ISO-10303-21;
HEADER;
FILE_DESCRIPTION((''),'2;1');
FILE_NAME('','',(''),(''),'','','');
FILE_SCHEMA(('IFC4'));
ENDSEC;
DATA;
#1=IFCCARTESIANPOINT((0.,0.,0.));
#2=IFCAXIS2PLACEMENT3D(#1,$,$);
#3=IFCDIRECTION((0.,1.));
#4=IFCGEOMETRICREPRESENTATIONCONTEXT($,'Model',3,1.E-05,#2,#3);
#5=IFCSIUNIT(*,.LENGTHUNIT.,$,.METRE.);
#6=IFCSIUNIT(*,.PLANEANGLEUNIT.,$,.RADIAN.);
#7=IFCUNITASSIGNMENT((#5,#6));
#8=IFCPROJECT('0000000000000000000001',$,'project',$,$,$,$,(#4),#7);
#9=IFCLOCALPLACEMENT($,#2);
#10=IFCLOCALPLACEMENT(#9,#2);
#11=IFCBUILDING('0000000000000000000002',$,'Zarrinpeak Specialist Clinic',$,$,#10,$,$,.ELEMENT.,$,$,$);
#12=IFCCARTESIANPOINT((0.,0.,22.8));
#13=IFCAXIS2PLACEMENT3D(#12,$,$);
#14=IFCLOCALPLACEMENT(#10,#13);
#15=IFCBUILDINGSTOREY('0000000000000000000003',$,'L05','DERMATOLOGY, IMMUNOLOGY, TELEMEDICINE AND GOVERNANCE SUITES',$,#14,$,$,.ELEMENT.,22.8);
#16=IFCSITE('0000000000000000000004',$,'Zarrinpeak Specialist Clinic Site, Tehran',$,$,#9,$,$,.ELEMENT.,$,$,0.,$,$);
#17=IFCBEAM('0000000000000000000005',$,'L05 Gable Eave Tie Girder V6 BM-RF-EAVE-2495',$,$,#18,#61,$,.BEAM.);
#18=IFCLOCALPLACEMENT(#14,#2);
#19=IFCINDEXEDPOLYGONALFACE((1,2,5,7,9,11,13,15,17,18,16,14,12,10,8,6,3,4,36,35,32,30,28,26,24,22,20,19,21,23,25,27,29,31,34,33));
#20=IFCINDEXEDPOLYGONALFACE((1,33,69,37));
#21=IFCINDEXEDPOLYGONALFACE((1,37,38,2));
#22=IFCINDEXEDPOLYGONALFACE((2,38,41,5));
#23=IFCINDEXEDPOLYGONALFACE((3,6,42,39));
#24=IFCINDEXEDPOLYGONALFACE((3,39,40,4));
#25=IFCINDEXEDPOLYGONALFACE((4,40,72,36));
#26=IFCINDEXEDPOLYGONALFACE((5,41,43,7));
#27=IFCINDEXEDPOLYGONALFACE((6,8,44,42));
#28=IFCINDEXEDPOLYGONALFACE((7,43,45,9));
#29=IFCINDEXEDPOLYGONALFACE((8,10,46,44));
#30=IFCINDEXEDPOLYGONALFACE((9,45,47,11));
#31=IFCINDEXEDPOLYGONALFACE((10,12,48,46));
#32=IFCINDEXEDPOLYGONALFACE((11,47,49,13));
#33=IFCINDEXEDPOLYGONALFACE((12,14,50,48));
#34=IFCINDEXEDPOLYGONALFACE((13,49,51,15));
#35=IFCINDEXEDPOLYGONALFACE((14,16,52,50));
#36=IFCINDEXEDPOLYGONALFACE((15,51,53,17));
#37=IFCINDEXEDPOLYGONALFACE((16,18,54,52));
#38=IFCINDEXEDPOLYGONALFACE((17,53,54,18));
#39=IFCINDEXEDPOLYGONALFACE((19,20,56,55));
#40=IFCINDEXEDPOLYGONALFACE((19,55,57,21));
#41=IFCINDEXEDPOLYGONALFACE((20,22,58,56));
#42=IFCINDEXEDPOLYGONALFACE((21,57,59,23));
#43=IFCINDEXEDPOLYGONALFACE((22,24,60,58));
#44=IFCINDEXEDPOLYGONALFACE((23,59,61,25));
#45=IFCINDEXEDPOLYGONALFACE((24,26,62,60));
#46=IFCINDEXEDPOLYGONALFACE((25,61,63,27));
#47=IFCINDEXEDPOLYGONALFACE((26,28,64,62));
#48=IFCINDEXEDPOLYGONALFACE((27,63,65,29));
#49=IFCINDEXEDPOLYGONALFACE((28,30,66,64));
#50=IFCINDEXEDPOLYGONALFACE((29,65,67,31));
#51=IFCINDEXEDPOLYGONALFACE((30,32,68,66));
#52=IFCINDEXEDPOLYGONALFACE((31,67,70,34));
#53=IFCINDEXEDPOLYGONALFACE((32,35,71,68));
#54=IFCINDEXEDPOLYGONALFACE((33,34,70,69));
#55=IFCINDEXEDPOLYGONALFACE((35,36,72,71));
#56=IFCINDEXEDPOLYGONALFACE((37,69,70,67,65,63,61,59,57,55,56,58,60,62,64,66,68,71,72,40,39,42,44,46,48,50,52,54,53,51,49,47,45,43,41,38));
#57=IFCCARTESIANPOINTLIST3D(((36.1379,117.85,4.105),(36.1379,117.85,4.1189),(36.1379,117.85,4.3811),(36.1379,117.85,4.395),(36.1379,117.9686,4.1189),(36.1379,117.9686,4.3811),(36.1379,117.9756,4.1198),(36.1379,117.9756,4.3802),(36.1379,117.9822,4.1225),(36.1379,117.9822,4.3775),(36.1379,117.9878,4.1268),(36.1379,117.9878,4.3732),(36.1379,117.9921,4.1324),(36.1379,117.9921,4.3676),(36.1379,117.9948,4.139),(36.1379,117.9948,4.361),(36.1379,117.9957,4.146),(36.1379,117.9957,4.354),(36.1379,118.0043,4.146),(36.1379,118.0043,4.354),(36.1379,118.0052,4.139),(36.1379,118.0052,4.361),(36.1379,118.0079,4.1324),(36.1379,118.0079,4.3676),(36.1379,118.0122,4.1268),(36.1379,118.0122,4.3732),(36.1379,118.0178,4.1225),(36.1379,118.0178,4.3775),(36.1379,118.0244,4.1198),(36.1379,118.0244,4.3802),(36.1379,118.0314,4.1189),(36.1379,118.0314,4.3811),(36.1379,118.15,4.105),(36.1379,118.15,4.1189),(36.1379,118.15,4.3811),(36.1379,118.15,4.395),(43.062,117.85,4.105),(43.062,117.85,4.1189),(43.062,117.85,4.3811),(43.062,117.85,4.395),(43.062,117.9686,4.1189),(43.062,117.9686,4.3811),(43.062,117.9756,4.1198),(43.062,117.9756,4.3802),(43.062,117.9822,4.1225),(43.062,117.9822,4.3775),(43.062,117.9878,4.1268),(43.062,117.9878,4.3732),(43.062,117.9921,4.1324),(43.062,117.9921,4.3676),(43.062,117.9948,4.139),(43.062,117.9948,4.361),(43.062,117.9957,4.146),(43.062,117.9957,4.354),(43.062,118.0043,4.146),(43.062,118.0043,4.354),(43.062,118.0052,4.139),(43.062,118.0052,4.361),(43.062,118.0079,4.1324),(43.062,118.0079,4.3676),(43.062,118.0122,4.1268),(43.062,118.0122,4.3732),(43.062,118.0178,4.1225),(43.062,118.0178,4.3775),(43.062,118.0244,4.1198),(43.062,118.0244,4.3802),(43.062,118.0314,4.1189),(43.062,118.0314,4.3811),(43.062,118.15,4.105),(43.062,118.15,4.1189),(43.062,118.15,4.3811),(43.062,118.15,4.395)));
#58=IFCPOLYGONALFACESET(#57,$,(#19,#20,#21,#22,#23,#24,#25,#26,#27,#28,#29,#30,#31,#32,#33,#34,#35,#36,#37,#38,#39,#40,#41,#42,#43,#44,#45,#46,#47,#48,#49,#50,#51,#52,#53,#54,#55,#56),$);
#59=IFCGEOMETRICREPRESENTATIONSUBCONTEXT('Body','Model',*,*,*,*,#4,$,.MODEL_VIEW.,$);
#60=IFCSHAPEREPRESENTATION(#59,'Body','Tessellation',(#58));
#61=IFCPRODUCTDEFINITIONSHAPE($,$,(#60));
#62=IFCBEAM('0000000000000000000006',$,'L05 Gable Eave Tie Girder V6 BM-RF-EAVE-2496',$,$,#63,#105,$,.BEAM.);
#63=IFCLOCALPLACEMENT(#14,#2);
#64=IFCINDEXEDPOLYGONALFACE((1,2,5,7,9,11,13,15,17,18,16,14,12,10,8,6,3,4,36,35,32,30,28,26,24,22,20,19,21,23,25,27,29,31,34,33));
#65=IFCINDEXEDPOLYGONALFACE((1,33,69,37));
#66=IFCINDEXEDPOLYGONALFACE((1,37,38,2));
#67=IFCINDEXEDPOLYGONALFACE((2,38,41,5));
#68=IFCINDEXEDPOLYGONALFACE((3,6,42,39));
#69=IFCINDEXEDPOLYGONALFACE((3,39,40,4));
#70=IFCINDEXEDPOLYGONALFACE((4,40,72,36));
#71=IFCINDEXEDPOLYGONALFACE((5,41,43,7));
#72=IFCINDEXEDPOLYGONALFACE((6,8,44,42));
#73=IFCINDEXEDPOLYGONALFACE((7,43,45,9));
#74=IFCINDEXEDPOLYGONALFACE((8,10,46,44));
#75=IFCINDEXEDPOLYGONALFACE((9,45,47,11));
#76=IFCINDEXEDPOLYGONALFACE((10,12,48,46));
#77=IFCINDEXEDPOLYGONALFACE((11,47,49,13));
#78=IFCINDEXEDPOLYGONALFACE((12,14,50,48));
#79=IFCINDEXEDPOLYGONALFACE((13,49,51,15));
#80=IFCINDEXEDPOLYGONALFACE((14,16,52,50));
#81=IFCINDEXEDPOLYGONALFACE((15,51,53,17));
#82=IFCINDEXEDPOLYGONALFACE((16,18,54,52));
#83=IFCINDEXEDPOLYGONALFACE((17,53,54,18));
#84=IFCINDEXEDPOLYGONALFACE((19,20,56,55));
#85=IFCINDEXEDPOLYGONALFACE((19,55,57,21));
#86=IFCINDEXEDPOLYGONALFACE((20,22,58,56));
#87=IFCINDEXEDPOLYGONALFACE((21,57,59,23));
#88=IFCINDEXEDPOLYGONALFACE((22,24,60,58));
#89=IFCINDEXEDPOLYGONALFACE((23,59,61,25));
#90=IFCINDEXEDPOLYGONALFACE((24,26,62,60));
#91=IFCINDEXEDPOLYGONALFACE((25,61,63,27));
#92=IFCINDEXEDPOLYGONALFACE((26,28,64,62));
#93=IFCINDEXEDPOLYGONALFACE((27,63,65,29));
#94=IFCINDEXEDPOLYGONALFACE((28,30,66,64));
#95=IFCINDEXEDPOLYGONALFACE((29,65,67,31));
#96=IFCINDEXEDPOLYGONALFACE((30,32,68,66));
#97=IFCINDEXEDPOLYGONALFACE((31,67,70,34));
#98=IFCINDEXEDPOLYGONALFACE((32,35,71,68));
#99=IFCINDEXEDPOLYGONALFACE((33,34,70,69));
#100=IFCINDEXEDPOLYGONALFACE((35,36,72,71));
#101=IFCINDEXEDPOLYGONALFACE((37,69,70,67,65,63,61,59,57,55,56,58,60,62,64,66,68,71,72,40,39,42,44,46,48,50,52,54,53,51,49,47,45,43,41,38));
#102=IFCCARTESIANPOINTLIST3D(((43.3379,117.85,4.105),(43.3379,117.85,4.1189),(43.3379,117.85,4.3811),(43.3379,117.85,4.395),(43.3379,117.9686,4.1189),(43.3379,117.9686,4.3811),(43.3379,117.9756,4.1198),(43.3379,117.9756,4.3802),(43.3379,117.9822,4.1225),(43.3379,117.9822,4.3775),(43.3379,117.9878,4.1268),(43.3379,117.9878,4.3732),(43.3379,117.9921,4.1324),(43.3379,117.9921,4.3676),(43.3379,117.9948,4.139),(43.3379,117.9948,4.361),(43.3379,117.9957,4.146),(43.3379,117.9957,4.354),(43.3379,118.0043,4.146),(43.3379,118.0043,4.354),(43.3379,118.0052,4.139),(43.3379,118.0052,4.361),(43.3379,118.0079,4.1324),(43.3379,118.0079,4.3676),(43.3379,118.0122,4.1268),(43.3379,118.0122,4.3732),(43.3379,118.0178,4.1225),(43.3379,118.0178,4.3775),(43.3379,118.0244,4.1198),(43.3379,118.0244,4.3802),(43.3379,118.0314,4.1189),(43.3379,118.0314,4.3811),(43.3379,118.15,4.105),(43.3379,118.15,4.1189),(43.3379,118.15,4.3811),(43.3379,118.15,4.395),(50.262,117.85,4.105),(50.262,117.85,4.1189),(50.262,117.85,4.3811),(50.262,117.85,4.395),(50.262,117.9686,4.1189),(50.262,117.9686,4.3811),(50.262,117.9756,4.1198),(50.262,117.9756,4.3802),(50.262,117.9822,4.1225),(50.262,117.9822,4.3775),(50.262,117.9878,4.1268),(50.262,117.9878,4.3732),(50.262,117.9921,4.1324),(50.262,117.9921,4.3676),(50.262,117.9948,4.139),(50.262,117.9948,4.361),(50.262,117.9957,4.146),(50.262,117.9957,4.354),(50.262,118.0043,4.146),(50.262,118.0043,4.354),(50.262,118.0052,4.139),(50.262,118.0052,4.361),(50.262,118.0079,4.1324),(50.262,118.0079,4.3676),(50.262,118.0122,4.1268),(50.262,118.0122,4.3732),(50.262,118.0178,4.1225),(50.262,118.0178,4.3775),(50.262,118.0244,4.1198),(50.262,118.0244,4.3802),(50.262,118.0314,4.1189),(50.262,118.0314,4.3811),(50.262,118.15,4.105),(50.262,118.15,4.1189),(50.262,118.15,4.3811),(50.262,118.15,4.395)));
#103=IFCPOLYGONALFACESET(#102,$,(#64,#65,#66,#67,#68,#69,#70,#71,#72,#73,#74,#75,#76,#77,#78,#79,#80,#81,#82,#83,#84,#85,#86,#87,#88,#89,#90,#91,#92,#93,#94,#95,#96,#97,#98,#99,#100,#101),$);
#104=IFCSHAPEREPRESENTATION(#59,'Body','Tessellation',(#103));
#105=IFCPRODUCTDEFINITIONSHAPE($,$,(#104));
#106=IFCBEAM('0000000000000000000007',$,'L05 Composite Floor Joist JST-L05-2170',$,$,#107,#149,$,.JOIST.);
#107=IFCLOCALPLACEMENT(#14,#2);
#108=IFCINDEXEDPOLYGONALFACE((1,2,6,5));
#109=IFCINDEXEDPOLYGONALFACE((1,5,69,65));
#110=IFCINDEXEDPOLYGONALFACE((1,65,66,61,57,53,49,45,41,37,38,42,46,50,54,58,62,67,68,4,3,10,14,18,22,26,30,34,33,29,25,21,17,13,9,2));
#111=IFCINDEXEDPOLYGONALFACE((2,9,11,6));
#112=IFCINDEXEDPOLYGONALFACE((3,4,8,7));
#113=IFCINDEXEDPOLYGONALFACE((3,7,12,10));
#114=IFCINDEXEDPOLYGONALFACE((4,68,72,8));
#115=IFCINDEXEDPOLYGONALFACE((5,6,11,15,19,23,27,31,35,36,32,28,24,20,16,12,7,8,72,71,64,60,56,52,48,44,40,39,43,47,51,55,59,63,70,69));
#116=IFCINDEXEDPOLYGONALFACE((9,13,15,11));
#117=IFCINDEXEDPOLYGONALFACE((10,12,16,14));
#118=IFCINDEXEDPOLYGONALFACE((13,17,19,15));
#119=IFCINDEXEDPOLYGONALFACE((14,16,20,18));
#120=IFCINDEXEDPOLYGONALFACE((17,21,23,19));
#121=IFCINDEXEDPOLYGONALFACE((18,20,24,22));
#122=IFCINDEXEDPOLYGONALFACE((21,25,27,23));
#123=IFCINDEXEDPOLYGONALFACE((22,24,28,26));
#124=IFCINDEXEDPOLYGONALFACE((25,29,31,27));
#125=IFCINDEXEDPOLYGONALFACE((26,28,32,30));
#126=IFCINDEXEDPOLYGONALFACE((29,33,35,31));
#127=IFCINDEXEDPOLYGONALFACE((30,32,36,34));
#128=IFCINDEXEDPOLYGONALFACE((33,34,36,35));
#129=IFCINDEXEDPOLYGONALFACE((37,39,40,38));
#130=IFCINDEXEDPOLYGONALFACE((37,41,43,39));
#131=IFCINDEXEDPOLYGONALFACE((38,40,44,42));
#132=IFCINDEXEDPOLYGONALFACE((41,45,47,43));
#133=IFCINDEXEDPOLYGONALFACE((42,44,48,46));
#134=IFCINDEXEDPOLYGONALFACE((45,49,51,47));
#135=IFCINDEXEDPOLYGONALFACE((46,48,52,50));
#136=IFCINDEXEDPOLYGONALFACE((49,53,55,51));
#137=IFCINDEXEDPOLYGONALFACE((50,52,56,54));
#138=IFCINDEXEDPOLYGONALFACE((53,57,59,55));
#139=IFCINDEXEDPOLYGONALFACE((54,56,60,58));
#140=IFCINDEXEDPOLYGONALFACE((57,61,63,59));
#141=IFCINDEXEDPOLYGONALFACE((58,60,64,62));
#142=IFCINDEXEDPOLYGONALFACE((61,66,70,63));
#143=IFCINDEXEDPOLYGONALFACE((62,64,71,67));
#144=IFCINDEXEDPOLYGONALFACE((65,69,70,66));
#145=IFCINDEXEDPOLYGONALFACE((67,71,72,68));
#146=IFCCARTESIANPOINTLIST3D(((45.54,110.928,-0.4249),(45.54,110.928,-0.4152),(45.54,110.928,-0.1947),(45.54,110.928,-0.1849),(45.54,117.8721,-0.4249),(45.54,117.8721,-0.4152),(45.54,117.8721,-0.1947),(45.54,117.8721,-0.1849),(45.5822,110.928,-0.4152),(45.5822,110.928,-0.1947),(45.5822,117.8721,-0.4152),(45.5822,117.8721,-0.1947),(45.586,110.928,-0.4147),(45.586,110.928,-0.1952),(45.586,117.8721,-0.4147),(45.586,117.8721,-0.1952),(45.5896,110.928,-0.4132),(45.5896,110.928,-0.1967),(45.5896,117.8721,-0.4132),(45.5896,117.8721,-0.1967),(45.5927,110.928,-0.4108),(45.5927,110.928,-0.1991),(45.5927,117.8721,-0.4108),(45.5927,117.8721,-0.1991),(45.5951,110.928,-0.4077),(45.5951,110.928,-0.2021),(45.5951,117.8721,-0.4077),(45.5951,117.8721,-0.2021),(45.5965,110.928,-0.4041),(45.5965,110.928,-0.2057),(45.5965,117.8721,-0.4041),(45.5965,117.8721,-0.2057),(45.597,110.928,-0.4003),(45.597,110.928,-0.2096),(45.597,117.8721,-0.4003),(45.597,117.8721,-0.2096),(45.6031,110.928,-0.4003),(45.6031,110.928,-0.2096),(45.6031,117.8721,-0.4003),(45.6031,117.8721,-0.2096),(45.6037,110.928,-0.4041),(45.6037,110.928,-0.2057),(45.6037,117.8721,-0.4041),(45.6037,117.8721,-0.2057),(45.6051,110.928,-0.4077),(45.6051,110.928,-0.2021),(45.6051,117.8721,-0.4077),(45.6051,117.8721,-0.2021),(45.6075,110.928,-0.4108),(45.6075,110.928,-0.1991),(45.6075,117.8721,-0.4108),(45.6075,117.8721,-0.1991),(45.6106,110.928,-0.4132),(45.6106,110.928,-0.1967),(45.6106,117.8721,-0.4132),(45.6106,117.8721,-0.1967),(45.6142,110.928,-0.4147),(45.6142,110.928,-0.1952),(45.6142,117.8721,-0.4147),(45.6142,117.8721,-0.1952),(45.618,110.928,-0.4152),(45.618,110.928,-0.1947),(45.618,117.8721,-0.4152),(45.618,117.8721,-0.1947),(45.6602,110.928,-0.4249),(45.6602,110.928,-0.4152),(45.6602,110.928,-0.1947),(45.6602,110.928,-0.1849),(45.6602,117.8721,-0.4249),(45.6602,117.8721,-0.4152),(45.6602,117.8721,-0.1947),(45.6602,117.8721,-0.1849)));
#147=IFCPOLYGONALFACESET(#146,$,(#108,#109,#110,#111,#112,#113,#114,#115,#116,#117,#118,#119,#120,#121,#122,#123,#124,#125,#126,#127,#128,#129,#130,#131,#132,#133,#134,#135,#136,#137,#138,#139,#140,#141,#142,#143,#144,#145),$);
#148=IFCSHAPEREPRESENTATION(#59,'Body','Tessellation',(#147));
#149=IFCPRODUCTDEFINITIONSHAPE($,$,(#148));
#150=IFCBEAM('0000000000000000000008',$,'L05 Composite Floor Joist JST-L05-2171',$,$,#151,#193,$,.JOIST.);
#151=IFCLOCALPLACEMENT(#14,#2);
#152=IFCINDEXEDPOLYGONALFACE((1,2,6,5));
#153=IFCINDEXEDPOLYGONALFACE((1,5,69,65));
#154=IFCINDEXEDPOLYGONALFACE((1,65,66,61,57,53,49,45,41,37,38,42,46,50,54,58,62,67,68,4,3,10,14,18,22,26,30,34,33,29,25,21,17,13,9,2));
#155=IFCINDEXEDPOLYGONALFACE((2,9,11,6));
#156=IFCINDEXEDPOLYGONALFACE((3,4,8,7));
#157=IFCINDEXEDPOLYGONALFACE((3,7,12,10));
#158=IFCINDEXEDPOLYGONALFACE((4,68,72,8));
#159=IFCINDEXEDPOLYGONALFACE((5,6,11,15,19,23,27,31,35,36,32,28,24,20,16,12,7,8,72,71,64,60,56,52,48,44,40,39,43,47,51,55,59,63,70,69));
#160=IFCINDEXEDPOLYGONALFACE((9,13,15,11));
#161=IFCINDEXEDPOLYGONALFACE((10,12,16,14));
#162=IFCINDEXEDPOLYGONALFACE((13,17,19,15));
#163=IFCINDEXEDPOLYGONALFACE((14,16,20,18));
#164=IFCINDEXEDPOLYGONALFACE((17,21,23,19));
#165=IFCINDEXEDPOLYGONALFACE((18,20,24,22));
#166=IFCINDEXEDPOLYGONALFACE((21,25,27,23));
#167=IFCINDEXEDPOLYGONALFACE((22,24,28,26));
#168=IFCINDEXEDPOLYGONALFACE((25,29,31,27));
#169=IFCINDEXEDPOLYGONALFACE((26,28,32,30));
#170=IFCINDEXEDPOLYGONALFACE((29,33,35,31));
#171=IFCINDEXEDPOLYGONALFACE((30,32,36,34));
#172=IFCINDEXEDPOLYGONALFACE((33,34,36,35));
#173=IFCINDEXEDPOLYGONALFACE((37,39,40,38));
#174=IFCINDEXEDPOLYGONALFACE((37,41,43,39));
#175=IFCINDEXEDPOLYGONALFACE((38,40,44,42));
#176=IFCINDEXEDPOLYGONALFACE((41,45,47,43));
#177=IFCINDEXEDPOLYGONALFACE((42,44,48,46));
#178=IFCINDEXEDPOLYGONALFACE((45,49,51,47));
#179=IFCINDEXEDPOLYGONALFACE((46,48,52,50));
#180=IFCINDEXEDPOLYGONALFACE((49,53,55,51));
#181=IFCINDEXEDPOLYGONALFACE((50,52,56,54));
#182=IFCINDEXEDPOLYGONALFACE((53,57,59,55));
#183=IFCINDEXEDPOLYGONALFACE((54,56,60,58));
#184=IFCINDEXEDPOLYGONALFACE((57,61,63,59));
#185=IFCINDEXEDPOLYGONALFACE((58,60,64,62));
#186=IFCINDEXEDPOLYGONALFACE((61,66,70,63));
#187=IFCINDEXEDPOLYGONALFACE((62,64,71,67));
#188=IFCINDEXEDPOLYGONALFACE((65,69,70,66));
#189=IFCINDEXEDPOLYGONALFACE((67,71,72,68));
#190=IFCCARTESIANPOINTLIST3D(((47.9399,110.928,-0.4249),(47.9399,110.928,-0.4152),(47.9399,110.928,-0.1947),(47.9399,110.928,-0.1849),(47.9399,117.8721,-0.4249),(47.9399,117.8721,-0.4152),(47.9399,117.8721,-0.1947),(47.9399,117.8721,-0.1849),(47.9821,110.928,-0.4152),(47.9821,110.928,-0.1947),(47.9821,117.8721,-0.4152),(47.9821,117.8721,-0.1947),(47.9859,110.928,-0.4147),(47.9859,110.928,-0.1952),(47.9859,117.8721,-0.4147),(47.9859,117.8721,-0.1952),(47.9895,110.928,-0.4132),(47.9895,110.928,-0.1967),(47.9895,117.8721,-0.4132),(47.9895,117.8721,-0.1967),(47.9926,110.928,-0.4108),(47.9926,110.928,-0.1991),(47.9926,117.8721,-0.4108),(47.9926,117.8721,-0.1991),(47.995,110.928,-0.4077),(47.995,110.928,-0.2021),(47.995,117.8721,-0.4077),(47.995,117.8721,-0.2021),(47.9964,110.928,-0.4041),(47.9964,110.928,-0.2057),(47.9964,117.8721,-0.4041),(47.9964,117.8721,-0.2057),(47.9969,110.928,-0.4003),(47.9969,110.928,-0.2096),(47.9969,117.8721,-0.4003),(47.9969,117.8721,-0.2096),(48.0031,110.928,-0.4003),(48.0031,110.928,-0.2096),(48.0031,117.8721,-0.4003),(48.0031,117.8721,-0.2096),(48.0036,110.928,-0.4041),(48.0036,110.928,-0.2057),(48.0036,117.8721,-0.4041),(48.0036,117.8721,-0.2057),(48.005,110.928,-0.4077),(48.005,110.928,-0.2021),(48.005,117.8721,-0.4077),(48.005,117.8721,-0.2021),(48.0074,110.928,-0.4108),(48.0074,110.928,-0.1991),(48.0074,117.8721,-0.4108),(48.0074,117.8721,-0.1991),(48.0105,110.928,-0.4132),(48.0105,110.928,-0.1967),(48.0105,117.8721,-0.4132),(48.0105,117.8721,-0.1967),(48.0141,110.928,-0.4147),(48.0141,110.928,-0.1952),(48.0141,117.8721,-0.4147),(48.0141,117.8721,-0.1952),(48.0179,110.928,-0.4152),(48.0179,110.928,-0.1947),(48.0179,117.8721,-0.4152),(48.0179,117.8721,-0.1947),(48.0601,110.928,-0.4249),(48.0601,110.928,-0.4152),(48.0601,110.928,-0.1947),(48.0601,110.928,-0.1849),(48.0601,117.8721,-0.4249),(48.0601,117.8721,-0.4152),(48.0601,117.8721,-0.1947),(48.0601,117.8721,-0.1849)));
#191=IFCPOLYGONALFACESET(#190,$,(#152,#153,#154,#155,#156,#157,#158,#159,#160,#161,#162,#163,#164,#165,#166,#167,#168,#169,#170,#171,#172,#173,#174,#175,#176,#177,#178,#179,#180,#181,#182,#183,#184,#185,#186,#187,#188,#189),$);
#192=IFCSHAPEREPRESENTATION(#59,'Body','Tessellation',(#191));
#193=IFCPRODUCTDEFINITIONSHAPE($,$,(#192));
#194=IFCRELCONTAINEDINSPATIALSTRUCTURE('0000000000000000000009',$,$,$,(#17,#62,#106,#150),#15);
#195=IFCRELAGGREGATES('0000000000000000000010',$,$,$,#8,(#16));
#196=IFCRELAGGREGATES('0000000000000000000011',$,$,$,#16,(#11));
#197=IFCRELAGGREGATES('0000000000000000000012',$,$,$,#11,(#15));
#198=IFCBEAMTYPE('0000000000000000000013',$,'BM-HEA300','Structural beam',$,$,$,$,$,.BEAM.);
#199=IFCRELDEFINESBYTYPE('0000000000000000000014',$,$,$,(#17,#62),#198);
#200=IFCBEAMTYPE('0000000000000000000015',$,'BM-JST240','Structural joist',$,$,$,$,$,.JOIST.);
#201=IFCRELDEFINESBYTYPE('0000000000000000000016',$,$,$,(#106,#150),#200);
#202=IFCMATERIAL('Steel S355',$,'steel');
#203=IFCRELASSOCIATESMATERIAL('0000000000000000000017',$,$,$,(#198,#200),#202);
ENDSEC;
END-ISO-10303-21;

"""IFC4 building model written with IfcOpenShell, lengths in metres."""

from ifc_helpers import new_model, si_unit, direction, frame, origin, origin_2d, place, context, subcontext, project, spatial, i_section, extrude, material, material_profile, profile_set, type_object, element, save


model = new_model("IFC4")

# Units and contexts
model_context = context("Model", 3, precision=1e-05, world=origin(), true_north=direction((0.0, 1.0)))
body_context = subcontext(model_context, "Body", "Model", "MODEL_VIEW")
ifc_project = project(units=[si_unit("LENGTHUNIT", "METRE"), si_unit("PLANEANGLEUNIT", "RADIAN")], contexts=[model_context])

# Site, building, storey
site_placement = place(None, origin())
site = spatial("IfcSite", under=ifc_project, at=site_placement, Name="Zarrinpeak Specialist Clinic Site, Tehran", CompositionType="ELEMENT", RefElevation=0.0)
building_placement = place(site_placement, origin())
building = spatial("IfcBuilding", under=site, at=building_placement, Name="Zarrinpeak Specialist Clinic", CompositionType="ELEMENT")
storey_placement = place(building_placement, frame((0.0, 0.0, 22.8)))
storey = spatial("IfcBuildingStorey", under=building, at=storey_placement, Name="L05", Description="DERMATOLOGY, IMMUNOLOGY, TELEMEDICINE AND GOVERNANCE SUITES", CompositionType="ELEMENT", Elevation=22.8)

# Shared definitions
ifc_material_1 = material(Name="Steel S355", Category="steel")

# Beams
ifc_material_profile_1 = material_profile(ifc_material_1, i_section(OverallWidth=0.3, OverallDepth=0.29, WebThickness=0.0085, FlangeThickness=0.0139, FilletRadius=0.0271, at=origin_2d()), Name="HEA 300")
ifc_profile_set_1 = profile_set([ifc_material_profile_1], Name="Steel S355")
beam_type_1 = type_object("IfcBeamType", Name="BM-HEA300", Description="Structural beam", PredefinedType="BEAM", material=ifc_profile_set_1)
for number, where, z_axis, x_axis, name in (
    (1, (36.1379, 118.0, 4.25), (1.0, 0.0, 0.0), (0.0, 1.0, 0.0), "L05 Gable Eave Tie Girder V6 BM-RF-EAVE-2495"),
    (2, (43.3379, 118.0, 4.25), (1.0, 0.0, 0.0), (0.0, 1.0, 0.0), "L05 Gable Eave Tie Girder V6 BM-RF-EAVE-2496"),
):
    element("IfcBeam", number, at=place(storey_placement, frame(where, z_axis=z_axis, x_axis=x_axis)), inside=storey, type_object=beam_type_1, Name=name, PredefinedType="BEAM", context=body_context, shape_type="SweptSolid", body=[
        extrude(i_section(OverallWidth=0.3, OverallDepth=0.29, WebThickness=0.0085, FlangeThickness=0.0139, FilletRadius=0.0271, at=origin_2d()), origin(), (0.0, 0.0, 1.0), 6.9241),
    ])
ifc_material_profile_2 = material_profile(ifc_material_1, i_section(OverallWidth=0.1201, OverallDepth=0.24, WebThickness=0.0061, FlangeThickness=0.0098, FilletRadius=0.0149, at=origin_2d()), Name="IPE 240")
ifc_profile_set_2 = profile_set([ifc_material_profile_2], Name="Steel S355")
beam_type_2 = type_object("IfcBeamType", Name="BM-JST240", Description="Structural joist", PredefinedType="JOIST", material=ifc_profile_set_2)
for number, where, z_axis, x_axis, name in (
    (3, (45.6001, 110.928, -0.3049), (0.0, 1.0, 0.0), (-1.0, 0.0, 0.0), "L05 Composite Floor Joist JST-L05-2170"),
    (4, (48.0, 110.928, -0.3049), (0.0, 1.0, 0.0), (-1.0, 0.0, 0.0), "L05 Composite Floor Joist JST-L05-2171"),
):
    element("IfcBeam", number, at=place(storey_placement, frame(where, z_axis=z_axis, x_axis=x_axis)), inside=storey, type_object=beam_type_2, Name=name, PredefinedType="JOIST", context=body_context, shape_type="SweptSolid", body=[
        extrude(i_section(OverallWidth=0.1201, OverallDepth=0.24, WebThickness=0.0061, FlangeThickness=0.0098, FilletRadius=0.0149, at=origin_2d()), origin(), (0.0, 0.0, 1.0), 6.9441),
    ])

save(model, "model.ifc")
